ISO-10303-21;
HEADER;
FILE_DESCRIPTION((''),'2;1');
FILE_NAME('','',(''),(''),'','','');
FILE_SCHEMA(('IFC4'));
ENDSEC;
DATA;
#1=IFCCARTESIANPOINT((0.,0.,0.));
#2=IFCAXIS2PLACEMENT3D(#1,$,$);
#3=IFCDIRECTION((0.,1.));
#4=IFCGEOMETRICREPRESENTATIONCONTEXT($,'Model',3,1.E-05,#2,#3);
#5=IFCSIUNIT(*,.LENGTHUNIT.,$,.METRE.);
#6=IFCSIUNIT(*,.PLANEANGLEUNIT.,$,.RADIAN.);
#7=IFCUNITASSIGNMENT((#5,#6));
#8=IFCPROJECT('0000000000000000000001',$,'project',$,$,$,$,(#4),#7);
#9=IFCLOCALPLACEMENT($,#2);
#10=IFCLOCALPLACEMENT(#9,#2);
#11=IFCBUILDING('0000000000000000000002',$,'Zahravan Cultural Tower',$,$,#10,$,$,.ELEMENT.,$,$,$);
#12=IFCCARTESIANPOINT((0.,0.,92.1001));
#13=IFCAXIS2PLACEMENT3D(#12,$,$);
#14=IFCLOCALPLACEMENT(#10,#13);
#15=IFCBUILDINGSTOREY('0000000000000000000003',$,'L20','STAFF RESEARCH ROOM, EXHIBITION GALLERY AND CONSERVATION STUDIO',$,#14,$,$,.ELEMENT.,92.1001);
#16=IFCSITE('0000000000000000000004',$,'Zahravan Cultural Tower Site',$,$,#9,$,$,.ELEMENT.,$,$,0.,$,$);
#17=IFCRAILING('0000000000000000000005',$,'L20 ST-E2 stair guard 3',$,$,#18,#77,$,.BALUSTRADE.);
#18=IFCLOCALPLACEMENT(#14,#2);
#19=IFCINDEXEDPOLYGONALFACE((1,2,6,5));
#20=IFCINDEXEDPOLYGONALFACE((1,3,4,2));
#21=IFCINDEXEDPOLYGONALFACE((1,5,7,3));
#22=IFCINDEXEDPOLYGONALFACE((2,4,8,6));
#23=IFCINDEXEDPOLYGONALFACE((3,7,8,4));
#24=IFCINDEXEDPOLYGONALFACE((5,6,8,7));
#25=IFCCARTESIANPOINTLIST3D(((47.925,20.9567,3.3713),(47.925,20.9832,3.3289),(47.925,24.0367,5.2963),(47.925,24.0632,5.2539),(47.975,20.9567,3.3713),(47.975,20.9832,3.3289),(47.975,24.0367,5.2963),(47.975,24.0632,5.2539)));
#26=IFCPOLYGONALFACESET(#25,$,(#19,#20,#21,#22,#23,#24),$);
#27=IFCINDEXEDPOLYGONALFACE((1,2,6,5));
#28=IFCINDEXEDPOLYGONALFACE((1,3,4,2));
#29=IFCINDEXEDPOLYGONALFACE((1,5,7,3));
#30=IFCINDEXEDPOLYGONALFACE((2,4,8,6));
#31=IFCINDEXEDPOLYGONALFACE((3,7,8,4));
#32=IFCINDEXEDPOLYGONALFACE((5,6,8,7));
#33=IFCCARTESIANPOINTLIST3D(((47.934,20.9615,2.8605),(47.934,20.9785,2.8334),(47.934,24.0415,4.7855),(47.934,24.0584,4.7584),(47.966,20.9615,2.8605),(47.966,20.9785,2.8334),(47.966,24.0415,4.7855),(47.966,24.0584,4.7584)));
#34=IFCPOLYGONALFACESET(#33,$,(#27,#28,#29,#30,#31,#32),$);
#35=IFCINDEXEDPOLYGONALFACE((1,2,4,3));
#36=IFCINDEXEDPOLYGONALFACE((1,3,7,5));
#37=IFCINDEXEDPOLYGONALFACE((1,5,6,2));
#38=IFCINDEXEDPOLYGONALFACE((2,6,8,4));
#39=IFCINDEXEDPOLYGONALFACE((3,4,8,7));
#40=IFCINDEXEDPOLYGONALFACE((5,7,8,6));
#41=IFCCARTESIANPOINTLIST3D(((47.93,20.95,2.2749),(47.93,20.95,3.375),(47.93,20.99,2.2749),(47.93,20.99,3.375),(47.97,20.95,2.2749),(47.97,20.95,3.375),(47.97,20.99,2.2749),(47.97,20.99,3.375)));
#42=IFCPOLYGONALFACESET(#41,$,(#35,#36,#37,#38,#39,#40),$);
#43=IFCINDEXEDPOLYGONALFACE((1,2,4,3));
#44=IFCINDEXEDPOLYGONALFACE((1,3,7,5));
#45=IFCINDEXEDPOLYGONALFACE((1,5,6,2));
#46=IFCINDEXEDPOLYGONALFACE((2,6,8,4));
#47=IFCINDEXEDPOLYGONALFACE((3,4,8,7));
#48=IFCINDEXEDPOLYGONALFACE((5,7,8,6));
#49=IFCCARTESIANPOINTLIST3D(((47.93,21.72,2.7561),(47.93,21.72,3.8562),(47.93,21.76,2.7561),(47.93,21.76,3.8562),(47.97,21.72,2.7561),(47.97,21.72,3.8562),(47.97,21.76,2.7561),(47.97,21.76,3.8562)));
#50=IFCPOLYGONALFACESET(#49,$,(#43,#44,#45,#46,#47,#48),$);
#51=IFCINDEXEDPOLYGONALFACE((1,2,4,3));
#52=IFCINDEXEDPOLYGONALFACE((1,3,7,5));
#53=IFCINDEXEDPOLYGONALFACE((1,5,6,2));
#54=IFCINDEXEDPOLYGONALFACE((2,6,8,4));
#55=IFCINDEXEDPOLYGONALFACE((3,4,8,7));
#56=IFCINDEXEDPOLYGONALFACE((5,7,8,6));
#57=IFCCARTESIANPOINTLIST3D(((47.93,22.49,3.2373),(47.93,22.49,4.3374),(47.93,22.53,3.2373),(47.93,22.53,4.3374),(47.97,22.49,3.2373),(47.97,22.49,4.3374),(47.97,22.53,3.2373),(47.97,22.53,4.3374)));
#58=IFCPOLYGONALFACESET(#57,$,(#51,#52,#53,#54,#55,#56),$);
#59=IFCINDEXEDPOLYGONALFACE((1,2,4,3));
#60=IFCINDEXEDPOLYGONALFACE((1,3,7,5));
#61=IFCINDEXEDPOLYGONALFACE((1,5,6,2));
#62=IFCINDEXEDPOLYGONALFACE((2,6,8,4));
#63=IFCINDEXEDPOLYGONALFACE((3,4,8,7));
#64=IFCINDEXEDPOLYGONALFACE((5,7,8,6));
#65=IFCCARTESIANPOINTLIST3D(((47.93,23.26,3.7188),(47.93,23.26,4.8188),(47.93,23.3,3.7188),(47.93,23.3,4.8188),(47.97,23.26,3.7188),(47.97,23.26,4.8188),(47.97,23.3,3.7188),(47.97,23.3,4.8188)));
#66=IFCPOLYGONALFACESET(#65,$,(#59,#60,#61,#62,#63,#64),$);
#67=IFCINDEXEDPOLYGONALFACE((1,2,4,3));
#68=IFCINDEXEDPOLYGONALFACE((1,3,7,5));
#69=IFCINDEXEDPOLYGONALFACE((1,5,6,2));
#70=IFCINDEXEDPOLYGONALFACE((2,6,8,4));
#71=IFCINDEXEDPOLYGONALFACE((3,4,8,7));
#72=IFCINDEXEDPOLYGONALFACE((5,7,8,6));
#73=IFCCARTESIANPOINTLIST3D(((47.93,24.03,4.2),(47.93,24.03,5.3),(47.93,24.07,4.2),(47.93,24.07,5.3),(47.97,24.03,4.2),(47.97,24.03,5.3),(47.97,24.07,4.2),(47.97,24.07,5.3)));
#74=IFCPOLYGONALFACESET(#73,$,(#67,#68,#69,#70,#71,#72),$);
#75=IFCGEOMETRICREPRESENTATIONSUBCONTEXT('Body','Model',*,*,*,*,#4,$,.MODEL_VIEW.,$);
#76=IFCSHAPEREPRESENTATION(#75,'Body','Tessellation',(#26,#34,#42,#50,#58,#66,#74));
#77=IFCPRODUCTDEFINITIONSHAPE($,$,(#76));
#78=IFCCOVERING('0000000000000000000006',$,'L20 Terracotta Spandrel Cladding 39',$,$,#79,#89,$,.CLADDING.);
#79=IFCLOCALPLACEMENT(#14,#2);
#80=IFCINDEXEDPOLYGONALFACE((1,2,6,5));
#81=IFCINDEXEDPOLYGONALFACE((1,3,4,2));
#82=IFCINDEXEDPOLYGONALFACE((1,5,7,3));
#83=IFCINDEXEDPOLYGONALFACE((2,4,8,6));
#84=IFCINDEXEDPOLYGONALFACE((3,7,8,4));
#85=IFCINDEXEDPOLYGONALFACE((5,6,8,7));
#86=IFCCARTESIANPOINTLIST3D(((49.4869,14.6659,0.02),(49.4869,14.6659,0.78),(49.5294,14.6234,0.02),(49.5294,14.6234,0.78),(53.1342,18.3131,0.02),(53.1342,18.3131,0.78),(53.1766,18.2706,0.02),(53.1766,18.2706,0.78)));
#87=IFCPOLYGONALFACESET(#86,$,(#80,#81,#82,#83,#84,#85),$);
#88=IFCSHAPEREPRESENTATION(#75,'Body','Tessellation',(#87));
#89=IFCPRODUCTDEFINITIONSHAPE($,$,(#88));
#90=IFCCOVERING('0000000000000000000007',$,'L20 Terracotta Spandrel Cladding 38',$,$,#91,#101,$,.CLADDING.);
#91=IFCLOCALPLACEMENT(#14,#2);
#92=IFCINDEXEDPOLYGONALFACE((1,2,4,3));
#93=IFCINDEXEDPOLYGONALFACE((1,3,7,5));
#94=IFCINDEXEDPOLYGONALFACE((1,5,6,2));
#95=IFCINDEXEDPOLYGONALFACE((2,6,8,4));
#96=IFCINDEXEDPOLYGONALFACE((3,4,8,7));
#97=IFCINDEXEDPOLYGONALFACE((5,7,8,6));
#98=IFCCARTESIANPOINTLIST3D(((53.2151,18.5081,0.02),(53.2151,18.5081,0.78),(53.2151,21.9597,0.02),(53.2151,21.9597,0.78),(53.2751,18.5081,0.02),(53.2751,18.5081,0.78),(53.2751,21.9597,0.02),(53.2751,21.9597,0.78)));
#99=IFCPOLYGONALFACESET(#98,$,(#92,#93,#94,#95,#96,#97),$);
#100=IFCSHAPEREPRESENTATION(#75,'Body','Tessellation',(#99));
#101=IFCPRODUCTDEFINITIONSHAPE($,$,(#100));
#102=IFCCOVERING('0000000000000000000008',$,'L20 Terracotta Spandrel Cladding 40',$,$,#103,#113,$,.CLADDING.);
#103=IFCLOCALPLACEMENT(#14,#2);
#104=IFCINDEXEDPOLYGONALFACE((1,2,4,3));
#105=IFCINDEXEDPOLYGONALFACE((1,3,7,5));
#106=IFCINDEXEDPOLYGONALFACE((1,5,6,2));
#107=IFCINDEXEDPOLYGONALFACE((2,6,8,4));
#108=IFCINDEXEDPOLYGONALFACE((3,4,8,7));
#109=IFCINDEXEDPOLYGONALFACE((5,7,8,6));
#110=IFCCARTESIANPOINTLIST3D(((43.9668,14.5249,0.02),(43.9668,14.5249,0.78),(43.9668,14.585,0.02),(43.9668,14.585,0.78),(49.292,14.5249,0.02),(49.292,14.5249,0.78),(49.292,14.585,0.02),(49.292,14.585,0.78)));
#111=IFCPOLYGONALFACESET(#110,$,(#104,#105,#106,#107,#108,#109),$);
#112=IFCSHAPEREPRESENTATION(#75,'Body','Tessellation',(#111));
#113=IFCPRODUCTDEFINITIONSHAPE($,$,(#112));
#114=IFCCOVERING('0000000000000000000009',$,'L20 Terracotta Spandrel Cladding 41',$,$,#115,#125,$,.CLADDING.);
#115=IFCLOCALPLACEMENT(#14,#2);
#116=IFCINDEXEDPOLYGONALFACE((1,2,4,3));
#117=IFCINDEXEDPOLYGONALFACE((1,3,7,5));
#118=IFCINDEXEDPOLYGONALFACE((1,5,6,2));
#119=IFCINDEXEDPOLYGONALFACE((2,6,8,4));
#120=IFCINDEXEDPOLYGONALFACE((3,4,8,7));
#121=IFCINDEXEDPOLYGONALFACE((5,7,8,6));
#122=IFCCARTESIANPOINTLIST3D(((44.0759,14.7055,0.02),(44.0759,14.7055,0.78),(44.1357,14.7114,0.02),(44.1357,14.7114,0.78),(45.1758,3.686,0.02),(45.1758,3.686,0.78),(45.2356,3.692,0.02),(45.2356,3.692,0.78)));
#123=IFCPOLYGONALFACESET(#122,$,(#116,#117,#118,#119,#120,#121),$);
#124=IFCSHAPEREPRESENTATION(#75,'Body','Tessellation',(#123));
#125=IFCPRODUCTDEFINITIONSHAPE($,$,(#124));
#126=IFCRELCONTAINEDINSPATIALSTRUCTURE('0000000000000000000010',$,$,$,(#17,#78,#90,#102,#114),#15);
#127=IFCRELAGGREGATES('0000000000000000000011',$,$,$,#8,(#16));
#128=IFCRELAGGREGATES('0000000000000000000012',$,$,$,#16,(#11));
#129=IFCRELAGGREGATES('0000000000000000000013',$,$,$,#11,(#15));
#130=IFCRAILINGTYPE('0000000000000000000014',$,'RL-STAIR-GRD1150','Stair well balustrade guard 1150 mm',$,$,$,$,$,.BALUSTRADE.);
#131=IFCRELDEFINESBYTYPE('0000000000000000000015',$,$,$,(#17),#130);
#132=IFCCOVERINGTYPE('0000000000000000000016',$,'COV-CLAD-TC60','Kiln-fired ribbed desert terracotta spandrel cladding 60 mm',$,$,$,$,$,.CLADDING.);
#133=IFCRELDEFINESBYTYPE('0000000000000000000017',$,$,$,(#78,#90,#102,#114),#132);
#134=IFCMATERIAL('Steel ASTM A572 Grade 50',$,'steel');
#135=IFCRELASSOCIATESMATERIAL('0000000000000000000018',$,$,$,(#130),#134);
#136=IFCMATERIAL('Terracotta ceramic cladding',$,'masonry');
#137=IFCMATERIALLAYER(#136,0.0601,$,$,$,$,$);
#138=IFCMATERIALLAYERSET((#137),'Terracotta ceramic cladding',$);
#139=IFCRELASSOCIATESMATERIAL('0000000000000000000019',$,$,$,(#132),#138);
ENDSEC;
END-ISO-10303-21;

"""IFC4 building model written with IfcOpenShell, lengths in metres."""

from ifc_helpers import new_model, si_unit, direction, frame, origin, origin_2d, place, context, subcontext, project, spatial, rectangle, extrude, source, transform, mapped, material, layer, layer_set, type_object, element, save


model = new_model("IFC4")

# Units and contexts
model_context = context("Model", 3, precision=1e-05, world=origin(), true_north=direction((0.0, 1.0)))
body_context = subcontext(model_context, "Body", "Model", "MODEL_VIEW")
ifc_project = project(units=[si_unit("LENGTHUNIT", "METRE"), si_unit("PLANEANGLEUNIT", "RADIAN")], contexts=[model_context])

# Site, building, storey
site_placement = place(None, origin())
site = spatial("IfcSite", under=ifc_project, at=site_placement, Name="Zahravan Cultural Tower Site", CompositionType="ELEMENT", RefElevation=0.0)
building_placement = place(site_placement, origin())
building = spatial("IfcBuilding", under=site, at=building_placement, Name="Zahravan Cultural Tower", CompositionType="ELEMENT")
storey_placement = place(building_placement, frame((0.0, 0.0, 92.1001)))
storey = spatial("IfcBuildingStorey", under=building, at=storey_placement, Name="L20", Description="STAFF RESEARCH ROOM, EXHIBITION GALLERY AND CONSERVATION STUDIO", CompositionType="ELEMENT", Elevation=92.1001)

# Shared definitions
ifc_material_1 = material(Name="Steel ASTM A572 Grade 50", Category="steel")

# Railing
railing_type = type_object("IfcRailingType", Name="RL-STAIR-GRD1150", Description="Stair well balustrade guard 1150 mm", PredefinedType="BALUSTRADE", material=ifc_material_1)
railing_1_placement = place(storey_placement, frame((47.95, 20.97, 2.2749)))
element("IfcRailing", 1, at=railing_1_placement, inside=storey, type_object=railing_type, Name="L20 ST-E2 stair guard 3", PredefinedType="BALUSTRADE", context=body_context, shape_type="SweptSolid", body=[
    extrude(rectangle(XDim=0.05, YDim=0.05, at=origin_2d()), frame((0.0, 0.0, 1.0752), z_axis=(0.0, 0.847998, 0.529999), x_axis=(-1.0, 0.0, 0.0)), (0.0, 0.0, 1.0), 3.6321),
    extrude(rectangle(XDim=0.032, YDim=0.032, at=origin_2d()), frame((0.0, 0.0, 0.572), z_axis=(0.0, 0.847998, 0.529999), x_axis=(-1.0, 0.0, 0.0)), (0.0, 0.0, 1.0), 3.6321),
    extrude(rectangle(XDim=0.04, YDim=0.04, at=origin_2d()), origin(), (0.0, 0.0, 1.0), 1.1001),
    extrude(rectangle(XDim=0.04, YDim=0.04, at=origin_2d()), frame((0.0, 0.77, 0.4812)), (0.0, 0.0, 1.0), 1.1001),
    extrude(rectangle(XDim=0.04, YDim=0.04, at=origin_2d()), frame((0.0, 1.54, 0.9624)), (0.0, 0.0, 1.0), 1.1001),
    extrude(rectangle(XDim=0.04, YDim=0.04, at=origin_2d()), frame((0.0, 2.3101, 1.4438)), (0.0, 0.0, 1.0), 1.1001),
    extrude(rectangle(XDim=0.04, YDim=0.04, at=origin_2d()), frame((0.0, 3.0801, 1.925)), (0.0, 0.0, 1.0), 1.1001),
])

# Coverings
ifc_material_2 = material(Name="Terracotta ceramic cladding", Category="masonry")
ifc_layer_1 = layer(ifc_material_2, 0.0601)
ifc_layer_set_1 = layer_set([ifc_layer_1], Name="Terracotta ceramic cladding")
covering_type = type_object("IfcCoveringType", Name="COV-CLAD-TC60", Description="Kiln-fired ribbed desert terracotta spandrel cladding 60 mm", PredefinedType="CLADDING", material=ifc_layer_set_1)
shared_shape_1 = source(origin(), body_context, "Body", "SweptSolid", [
    extrude(rectangle(XDim=5.158, YDim=0.0601, at=origin_2d()), origin(), (0.0, 0.0, 1.0), 0.76),
])
covering_1_placement = place(storey_placement, frame((51.3318, 16.4683, 0.02), z_axis=(0.0, 0.0, 1.0), x_axis=(-0.707107, -0.707107, 0.0)))
element("IfcCovering", 2, at=covering_1_placement, inside=storey, type_object=covering_type, Name="L20 Terracotta Spandrel Cladding 39", PredefinedType="CLADDING", context=body_context, shape_type="MappedRepresentation", body=[
    mapped(shared_shape_1, transform((0.0, 0.0, 0.0), x_axis=(1.0, 0.0, 0.0), y_axis=(0.0, 1.0, 0.0), z_axis=(0.0, 0.0, 1.0), scale=1.0)),
])
shared_shape_2 = source(origin(), body_context, "Body", "SweptSolid", [
    extrude(rectangle(XDim=3.4517, YDim=0.0601, at=origin_2d()), origin(), (0.0, 0.0, 1.0), 0.76),
])
covering_2_placement = place(storey_placement, frame((53.2451, 20.2339, 0.02), z_axis=(0.0, 0.0, 1.0), x_axis=(0.0, -1.0, 0.0)))
element("IfcCovering", 3, at=covering_2_placement, inside=storey, type_object=covering_type, Name="L20 Terracotta Spandrel Cladding 38", PredefinedType="CLADDING", context=body_context, shape_type="MappedRepresentation", body=[
    mapped(shared_shape_2, transform((0.0, 0.0, 0.0), x_axis=(1.0, 0.0, 0.0), y_axis=(0.0, 1.0, 0.0), z_axis=(0.0, 0.0, 1.0), scale=1.0)),
])
shared_shape_3 = source(origin(), body_context, "Body", "SweptSolid", [
    extrude(rectangle(XDim=5.3252, YDim=0.0601, at=origin_2d()), origin(), (0.0, 0.0, 1.0), 0.76),
])
covering_3_placement = place(storey_placement, frame((46.6294, 14.5549, 0.02), z_axis=(0.0, 0.0, 1.0), x_axis=(-1.0, 0.0, 0.0)))
element("IfcCovering", 4, at=covering_3_placement, inside=storey, type_object=covering_type, Name="L20 Terracotta Spandrel Cladding 40", PredefinedType="CLADDING", context=body_context, shape_type="MappedRepresentation", body=[
    mapped(shared_shape_3, transform((0.0, 0.0, 0.0), x_axis=(1.0, 0.0, 0.0), y_axis=(0.0, 1.0, 0.0), z_axis=(0.0, 0.0, 1.0), scale=1.0)),
])
shared_shape_4 = source(origin(), body_context, "Body", "SweptSolid", [
    extrude(rectangle(XDim=11.0742, YDim=0.0601, at=origin_2d()), origin(), (0.0, 0.0, 1.0), 0.76),
])
covering_4_placement = place(storey_placement, frame((44.6558, 9.1987, 0.02), z_axis=(0.0, 0.0, 1.0), x_axis=(0.09932, -0.995056, 0.0)))
element("IfcCovering", 5, at=covering_4_placement, inside=storey, type_object=covering_type, Name="L20 Terracotta Spandrel Cladding 41", PredefinedType="CLADDING", context=body_context, shape_type="MappedRepresentation", body=[
    mapped(shared_shape_4, transform((0.0, 0.0, 0.0), x_axis=(1.0, 0.0, 0.0), y_axis=(0.0, 1.0, 0.0), z_axis=(0.0, 0.0, 1.0), scale=1.0)),
])

save(model, "model.ifc")
